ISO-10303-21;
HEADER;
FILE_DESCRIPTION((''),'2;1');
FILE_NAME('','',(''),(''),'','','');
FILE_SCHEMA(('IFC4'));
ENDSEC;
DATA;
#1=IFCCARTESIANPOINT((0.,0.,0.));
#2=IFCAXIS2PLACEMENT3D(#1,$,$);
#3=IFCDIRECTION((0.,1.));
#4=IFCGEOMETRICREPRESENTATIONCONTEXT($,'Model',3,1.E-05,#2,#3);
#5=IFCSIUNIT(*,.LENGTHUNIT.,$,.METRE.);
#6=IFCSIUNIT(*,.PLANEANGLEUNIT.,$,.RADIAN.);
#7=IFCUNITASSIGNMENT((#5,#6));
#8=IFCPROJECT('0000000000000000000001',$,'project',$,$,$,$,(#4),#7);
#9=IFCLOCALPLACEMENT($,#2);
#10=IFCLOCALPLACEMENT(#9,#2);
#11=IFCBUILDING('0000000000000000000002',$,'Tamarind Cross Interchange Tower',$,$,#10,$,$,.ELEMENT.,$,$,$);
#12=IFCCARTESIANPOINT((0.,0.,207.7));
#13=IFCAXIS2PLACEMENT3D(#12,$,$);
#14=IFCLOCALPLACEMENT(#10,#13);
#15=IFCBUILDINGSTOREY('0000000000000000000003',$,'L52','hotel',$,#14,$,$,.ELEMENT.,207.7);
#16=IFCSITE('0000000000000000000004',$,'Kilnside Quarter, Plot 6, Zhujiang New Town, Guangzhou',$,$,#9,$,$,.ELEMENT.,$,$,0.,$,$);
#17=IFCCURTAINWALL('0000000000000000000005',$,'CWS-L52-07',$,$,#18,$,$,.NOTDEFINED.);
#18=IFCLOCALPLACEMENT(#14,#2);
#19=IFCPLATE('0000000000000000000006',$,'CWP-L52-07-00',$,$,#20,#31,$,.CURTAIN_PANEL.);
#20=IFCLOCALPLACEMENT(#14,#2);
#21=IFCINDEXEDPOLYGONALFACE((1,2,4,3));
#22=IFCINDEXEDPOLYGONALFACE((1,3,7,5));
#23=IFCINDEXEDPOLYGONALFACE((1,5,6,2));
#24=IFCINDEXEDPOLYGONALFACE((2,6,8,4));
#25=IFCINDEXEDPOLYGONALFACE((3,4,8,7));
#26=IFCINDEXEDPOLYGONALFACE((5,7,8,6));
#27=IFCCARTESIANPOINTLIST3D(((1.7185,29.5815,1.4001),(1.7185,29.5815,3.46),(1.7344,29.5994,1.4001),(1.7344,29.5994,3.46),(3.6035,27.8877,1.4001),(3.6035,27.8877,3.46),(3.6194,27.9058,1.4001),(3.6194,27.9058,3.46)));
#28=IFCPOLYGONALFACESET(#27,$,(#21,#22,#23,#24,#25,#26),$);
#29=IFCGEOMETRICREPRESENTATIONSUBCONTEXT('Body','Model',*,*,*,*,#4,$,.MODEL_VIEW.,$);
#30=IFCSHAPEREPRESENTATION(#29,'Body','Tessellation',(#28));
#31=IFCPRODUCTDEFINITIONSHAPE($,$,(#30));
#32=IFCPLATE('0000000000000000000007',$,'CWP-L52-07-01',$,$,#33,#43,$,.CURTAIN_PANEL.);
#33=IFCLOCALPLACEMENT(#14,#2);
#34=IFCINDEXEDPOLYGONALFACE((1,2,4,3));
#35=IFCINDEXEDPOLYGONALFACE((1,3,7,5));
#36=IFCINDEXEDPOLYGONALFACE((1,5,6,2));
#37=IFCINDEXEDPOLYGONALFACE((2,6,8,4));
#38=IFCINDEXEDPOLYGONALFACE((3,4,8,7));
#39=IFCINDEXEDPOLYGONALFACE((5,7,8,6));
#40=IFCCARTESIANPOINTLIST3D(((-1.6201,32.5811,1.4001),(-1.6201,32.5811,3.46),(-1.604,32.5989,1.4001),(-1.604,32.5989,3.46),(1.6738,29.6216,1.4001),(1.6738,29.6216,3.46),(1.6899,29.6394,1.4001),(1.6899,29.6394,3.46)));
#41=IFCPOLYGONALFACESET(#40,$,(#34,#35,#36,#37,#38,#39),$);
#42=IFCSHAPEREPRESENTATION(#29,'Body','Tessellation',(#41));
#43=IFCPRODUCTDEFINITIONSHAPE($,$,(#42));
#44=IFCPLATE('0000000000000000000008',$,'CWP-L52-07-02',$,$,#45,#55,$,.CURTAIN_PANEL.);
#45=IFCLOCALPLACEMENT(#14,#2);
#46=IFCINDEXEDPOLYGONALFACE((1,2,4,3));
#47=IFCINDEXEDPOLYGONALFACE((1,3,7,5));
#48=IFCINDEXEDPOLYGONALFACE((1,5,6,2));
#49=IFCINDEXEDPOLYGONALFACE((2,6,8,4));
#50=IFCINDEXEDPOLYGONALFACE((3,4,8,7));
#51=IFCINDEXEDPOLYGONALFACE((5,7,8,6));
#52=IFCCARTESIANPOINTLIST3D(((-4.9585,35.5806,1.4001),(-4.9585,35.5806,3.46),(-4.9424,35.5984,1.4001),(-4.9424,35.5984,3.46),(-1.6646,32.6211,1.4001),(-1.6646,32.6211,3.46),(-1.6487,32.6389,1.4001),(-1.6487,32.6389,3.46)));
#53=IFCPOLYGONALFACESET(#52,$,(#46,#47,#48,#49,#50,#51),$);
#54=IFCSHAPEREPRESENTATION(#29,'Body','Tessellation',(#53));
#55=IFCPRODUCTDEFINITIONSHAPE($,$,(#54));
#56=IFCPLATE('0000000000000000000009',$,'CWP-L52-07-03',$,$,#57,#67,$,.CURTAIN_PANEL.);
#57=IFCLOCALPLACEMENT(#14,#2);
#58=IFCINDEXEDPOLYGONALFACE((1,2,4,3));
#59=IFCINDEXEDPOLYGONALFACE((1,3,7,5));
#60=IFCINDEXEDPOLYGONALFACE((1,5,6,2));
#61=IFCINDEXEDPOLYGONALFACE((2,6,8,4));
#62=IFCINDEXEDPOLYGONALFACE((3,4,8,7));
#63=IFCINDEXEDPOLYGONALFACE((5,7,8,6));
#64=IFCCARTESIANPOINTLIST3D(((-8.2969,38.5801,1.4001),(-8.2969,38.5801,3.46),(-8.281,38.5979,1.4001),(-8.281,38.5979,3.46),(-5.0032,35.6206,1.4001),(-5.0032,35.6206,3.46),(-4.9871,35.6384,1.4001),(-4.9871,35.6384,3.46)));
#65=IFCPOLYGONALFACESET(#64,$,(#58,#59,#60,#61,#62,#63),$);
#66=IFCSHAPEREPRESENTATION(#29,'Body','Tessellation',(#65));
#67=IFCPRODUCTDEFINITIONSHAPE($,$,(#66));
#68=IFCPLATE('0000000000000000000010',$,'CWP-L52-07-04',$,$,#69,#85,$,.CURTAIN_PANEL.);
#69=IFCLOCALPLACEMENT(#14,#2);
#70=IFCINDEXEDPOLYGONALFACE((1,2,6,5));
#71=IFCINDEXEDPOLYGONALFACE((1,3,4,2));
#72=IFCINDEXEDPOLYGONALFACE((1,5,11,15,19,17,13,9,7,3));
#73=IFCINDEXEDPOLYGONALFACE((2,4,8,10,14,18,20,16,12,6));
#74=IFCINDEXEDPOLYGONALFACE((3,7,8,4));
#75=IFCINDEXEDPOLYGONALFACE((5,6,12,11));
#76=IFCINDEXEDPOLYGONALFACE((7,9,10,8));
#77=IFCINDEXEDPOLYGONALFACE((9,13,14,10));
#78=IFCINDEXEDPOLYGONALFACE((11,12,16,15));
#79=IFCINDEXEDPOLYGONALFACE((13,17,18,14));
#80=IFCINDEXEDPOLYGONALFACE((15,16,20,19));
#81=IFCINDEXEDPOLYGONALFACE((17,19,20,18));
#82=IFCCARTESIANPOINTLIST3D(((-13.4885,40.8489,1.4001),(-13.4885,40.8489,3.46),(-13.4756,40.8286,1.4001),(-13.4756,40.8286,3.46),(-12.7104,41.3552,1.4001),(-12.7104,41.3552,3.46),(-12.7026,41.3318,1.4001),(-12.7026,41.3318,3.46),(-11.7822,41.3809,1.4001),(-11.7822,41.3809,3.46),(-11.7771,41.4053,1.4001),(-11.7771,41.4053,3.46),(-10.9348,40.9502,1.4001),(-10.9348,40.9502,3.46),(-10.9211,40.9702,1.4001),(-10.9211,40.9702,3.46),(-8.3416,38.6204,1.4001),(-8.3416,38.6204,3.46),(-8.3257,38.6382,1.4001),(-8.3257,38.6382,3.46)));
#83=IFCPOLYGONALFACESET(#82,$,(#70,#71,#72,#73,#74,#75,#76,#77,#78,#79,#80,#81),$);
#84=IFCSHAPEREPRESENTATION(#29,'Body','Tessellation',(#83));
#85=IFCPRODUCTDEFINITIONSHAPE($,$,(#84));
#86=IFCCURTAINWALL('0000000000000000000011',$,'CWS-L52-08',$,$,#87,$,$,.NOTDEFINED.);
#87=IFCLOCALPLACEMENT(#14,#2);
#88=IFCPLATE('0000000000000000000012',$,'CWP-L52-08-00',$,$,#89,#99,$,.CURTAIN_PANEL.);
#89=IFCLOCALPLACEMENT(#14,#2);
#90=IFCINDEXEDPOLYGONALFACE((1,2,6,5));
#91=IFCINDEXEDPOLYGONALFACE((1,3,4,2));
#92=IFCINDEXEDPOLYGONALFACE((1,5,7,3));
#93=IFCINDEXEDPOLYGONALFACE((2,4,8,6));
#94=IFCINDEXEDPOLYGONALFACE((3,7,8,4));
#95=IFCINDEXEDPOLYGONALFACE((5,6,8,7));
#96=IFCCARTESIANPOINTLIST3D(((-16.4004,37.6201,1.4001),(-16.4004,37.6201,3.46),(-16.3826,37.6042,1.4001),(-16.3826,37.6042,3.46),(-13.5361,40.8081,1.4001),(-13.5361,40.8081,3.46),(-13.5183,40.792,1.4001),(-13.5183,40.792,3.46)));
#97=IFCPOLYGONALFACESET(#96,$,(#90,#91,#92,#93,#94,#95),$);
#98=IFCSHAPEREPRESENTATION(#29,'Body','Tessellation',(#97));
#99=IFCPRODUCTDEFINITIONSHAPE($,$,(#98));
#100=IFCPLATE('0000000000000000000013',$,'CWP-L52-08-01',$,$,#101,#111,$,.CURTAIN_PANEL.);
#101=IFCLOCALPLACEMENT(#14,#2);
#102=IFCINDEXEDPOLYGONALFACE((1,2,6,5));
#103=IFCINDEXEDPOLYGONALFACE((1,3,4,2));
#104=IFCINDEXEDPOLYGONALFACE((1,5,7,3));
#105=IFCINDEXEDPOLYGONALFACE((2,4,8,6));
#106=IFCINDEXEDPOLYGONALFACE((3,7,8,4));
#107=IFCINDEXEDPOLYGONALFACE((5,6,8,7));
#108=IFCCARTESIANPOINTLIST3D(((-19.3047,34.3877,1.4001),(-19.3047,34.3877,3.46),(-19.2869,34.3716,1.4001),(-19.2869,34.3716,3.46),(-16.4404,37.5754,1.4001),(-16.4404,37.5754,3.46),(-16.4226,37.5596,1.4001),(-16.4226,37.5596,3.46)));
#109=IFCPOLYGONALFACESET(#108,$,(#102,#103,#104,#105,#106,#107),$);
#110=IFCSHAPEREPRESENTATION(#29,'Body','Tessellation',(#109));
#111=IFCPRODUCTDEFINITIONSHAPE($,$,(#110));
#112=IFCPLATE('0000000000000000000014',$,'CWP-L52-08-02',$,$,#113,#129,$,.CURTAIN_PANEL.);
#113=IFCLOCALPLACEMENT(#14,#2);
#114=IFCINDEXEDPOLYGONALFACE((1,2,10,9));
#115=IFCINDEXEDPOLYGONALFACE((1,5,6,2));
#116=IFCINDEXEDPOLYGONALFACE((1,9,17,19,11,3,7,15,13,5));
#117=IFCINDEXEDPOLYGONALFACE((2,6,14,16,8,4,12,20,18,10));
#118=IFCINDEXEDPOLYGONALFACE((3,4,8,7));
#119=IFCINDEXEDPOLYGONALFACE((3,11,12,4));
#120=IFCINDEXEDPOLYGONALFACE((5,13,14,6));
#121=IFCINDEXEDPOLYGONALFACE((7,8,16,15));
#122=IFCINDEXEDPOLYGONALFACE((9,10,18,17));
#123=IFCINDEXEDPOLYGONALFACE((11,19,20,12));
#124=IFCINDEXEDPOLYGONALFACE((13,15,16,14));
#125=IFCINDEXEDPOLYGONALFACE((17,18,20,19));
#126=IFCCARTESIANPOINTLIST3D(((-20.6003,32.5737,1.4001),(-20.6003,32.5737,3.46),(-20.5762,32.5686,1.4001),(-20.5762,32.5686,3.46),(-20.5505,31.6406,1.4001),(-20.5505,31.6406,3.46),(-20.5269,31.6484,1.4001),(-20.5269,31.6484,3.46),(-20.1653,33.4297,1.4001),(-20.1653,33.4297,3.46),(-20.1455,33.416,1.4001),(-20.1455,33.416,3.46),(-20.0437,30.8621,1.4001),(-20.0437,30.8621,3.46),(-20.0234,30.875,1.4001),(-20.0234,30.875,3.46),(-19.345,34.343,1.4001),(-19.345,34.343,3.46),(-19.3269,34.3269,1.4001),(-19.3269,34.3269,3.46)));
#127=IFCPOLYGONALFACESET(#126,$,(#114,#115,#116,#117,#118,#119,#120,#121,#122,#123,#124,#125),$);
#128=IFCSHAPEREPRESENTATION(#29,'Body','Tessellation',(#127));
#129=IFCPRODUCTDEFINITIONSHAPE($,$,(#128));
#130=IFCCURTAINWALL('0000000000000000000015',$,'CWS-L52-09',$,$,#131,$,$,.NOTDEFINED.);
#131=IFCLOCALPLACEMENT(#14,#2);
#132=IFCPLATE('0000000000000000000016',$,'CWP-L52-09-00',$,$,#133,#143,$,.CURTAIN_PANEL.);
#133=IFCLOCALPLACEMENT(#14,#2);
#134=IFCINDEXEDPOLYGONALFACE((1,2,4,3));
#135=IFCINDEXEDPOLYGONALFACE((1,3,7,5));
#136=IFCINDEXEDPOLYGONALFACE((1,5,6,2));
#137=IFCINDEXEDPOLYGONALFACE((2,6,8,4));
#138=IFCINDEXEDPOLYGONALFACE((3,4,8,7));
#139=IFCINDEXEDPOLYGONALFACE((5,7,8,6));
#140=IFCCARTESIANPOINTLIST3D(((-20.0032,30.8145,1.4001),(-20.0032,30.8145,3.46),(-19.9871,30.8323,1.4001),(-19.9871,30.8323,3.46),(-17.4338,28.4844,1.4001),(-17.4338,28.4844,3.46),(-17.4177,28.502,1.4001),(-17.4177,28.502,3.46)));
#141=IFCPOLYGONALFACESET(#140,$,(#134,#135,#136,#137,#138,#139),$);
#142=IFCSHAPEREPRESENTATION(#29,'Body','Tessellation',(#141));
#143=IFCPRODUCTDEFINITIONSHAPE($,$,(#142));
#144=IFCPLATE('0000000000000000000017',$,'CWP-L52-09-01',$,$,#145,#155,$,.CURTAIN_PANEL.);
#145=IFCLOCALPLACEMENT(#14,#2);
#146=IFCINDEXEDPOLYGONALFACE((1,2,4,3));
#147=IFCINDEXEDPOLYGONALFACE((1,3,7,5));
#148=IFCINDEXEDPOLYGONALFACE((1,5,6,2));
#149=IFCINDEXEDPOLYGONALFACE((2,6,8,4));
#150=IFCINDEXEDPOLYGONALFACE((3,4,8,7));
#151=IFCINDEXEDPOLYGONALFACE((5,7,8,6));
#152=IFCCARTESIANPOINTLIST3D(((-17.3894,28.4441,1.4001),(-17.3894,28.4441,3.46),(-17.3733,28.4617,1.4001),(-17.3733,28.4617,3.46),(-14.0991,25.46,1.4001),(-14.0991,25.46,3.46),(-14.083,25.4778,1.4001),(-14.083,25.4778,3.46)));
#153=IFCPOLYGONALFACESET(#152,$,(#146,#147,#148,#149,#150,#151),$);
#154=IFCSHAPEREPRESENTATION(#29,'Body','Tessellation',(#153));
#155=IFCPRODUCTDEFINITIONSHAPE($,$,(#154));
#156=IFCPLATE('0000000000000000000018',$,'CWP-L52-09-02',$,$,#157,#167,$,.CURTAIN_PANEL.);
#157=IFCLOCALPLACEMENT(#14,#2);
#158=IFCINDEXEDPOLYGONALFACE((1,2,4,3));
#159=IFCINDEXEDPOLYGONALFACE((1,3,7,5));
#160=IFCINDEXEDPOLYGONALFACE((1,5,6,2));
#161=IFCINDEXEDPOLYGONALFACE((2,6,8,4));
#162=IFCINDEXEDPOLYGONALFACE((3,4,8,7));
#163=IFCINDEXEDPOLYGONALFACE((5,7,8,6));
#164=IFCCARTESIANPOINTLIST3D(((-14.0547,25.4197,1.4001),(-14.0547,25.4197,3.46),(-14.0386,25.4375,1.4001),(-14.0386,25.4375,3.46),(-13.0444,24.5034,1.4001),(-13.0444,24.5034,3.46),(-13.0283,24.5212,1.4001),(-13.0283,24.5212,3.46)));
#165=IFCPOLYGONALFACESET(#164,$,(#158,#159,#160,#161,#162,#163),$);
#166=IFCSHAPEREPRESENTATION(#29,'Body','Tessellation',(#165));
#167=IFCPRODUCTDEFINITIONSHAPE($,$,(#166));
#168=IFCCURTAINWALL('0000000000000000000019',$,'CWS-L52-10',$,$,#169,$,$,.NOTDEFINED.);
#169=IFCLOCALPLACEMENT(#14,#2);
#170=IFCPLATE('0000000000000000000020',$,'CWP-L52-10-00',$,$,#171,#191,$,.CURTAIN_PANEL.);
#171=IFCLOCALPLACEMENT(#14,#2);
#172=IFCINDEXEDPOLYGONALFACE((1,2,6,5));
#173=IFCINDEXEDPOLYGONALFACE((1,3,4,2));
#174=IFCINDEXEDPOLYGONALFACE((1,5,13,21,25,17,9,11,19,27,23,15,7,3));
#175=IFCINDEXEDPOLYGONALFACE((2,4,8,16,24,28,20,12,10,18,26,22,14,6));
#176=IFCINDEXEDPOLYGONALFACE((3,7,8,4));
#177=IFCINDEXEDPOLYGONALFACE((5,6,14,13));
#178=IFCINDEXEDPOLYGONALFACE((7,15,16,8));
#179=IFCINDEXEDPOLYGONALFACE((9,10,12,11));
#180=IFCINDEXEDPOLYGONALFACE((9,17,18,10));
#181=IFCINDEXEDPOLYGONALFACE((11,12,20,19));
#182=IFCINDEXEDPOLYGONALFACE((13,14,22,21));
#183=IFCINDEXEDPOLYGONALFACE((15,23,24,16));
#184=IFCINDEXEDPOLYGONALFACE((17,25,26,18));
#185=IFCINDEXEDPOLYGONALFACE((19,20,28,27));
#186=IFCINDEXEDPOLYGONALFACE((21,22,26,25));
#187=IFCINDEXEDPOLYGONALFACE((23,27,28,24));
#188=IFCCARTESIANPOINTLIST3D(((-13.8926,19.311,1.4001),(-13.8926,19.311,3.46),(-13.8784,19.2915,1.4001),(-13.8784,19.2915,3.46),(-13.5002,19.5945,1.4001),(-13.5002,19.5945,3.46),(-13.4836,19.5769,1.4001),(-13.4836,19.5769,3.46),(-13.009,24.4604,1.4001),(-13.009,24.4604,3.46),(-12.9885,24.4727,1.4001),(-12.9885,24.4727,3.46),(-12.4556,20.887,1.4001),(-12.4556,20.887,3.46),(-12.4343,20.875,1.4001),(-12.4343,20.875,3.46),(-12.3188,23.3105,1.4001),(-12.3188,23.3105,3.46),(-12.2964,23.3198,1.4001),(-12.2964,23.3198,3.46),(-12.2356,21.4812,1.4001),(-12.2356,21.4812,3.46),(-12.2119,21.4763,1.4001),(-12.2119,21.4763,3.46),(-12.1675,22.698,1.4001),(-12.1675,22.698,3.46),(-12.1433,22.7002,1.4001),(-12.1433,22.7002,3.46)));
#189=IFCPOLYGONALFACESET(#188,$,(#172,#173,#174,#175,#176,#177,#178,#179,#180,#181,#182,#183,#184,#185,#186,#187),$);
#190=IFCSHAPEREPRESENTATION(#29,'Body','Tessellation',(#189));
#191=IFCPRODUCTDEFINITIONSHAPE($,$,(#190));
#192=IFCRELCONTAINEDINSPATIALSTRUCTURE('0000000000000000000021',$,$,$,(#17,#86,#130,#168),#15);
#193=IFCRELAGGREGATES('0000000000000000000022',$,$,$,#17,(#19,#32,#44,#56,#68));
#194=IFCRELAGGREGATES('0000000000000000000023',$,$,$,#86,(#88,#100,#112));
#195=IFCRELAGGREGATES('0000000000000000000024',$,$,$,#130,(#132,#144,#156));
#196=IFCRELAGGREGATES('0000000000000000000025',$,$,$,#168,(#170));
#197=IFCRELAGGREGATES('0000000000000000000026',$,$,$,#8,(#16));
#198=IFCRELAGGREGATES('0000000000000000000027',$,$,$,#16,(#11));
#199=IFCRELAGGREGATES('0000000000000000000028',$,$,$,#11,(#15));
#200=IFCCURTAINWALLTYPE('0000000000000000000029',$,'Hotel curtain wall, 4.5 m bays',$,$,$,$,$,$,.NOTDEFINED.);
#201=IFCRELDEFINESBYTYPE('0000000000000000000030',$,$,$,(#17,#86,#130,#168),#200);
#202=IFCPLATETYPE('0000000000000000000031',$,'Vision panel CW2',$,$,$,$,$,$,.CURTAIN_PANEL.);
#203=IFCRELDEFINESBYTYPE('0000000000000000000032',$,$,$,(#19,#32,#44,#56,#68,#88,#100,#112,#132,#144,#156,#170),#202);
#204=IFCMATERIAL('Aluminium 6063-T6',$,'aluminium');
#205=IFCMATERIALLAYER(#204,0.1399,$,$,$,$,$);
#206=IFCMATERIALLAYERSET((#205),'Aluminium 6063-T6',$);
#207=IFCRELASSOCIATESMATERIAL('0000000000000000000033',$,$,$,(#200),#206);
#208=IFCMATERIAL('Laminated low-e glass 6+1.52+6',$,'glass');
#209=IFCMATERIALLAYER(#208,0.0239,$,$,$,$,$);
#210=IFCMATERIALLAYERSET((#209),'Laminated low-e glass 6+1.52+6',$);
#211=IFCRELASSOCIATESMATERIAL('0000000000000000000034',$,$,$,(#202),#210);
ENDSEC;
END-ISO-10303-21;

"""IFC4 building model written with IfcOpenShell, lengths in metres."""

from ifc_helpers import new_model, si_unit, direction, frame, origin, place, context, subcontext, project, spatial, polyline, outline, extrude, material, layer, layer_set, type_object, element, aggregate, save


model = new_model("IFC4")

# Units and contexts
model_context = context("Model", 3, precision=1e-05, world=origin(), true_north=direction((0.0, 1.0)))
body_context = subcontext(model_context, "Body", "Model", "MODEL_VIEW")
ifc_project = project(units=[si_unit("LENGTHUNIT", "METRE"), si_unit("PLANEANGLEUNIT", "RADIAN")], contexts=[model_context])

# Site, building, storey
site_placement = place(None, origin())
site = spatial("IfcSite", under=ifc_project, at=site_placement, Name="Kilnside Quarter, Plot 6, Zhujiang New Town, Guangzhou", CompositionType="ELEMENT", RefElevation=0.0)
building_placement = place(site_placement, origin())
building = spatial("IfcBuilding", under=site, at=building_placement, Name="Tamarind Cross Interchange Tower", CompositionType="ELEMENT")
storey_placement = place(building_placement, frame((0.0, 0.0, 207.7)))
storey = spatial("IfcBuildingStorey", under=building, at=storey_placement, Name="L52", Description="hotel", CompositionType="ELEMENT", Elevation=207.7)

# Curtain walls, plates
ifc_material_1 = material(Name="Aluminium 6063-T6", Category="aluminium")
ifc_layer_1 = layer(ifc_material_1, 0.1399)
ifc_layer_set_1 = layer_set([ifc_layer_1], Name="Aluminium 6063-T6")
curtain_wall_type = type_object("IfcCurtainWallType", Name="Hotel curtain wall, 4.5 m bays", PredefinedType="NOTDEFINED", material=ifc_layer_set_1)
ifc_material_2 = material(Name="Laminated low-e glass 6+1.52+6", Category="glass")
ifc_layer_2 = layer(ifc_material_2, 0.0239)
ifc_layer_set_2 = layer_set([ifc_layer_2], Name="Laminated low-e glass 6+1.52+6")
plate_type = type_object("IfcPlateType", Name="Vision panel CW2", PredefinedType="CURTAIN_PANEL", material=ifc_layer_set_2)
curtain_wall_1_placement = place(storey_placement, origin())
curtain_wall_1 = element("IfcCurtainWall", 1, at=curtain_wall_1_placement, inside=storey, type_object=curtain_wall_type, Name="CWS-L52-07", PredefinedType="NOTDEFINED")
plate_1_placement = place(storey_placement, frame((0.0, 0.0, 1.4001)))
plate_1 = element("IfcPlate", 2, at=plate_1_placement, type_object=plate_type, Name="CWP-L52-07-00", PredefinedType="CURTAIN_PANEL", context=body_context, shape_type="SweptSolid", body=[
    extrude(outline(polyline([(3.6035, 27.8877), (1.7185, 29.5815), (1.7344, 29.5994), (3.6194, 27.9058), (3.6035, 27.8877)])), origin(), (0.0, 0.0, 1.0), 2.0598),
])
plate_2_placement = place(storey_placement, frame((0.0, 0.0, 1.4001)))
plate_2 = element("IfcPlate", 3, at=plate_2_placement, type_object=plate_type, Name="CWP-L52-07-01", PredefinedType="CURTAIN_PANEL", context=body_context, shape_type="SweptSolid", body=[
    extrude(outline(polyline([(1.6738, 29.6216), (-1.6201, 32.5811), (-1.604, 32.5989), (1.6899, 29.6394), (1.6738, 29.6216)])), origin(), (0.0, 0.0, 1.0), 2.0598),
])
plate_3_placement = place(storey_placement, frame((0.0, 0.0, 1.4001)))
plate_3 = element("IfcPlate", 4, at=plate_3_placement, type_object=plate_type, Name="CWP-L52-07-02", PredefinedType="CURTAIN_PANEL", context=body_context, shape_type="SweptSolid", body=[
    extrude(outline(polyline([(-1.6646, 32.6211), (-4.9585, 35.5806), (-4.9424, 35.5984), (-1.6487, 32.6389), (-1.6646, 32.6211)])), origin(), (0.0, 0.0, 1.0), 2.0598),
])
plate_4_placement = place(storey_placement, frame((0.0, 0.0, 1.4001)))
plate_4 = element("IfcPlate", 5, at=plate_4_placement, type_object=plate_type, Name="CWP-L52-07-03", PredefinedType="CURTAIN_PANEL", context=body_context, shape_type="SweptSolid", body=[
    extrude(outline(polyline([(-5.0032, 35.6206), (-8.2969, 38.5801), (-8.281, 38.5979), (-4.9871, 35.6384), (-5.0032, 35.6206)])), origin(), (0.0, 0.0, 1.0), 2.0598),
])
plate_5_placement = place(storey_placement, frame((0.0, 0.0, 1.4001)))
plate_5 = element("IfcPlate", 6, at=plate_5_placement, type_object=plate_type, Name="CWP-L52-07-04", PredefinedType="CURTAIN_PANEL", context=body_context, shape_type="SweptSolid", body=[
    extrude(outline(polyline([(-8.3416, 38.6204), (-10.9348, 40.9502), (-11.7822, 41.3809), (-12.7026, 41.3318), (-13.4756, 40.8286), (-13.4885, 40.8489), (-12.7104, 41.3552), (-11.7771, 41.4053), (-10.9211, 40.9702), (-8.3257, 38.6382), (-8.3416, 38.6204)])), origin(), (0.0, 0.0, 1.0), 2.0598),
])
aggregate(curtain_wall_1, [plate_1, plate_2, plate_3, plate_4, plate_5])
curtain_wall_2_placement = place(storey_placement, origin())
curtain_wall_2 = element("IfcCurtainWall", 7, at=curtain_wall_2_placement, inside=storey, type_object=curtain_wall_type, Name="CWS-L52-08", PredefinedType="NOTDEFINED")
plate_6_placement = place(storey_placement, frame((0.0, 0.0, 1.4001)))
plate_6 = element("IfcPlate", 8, at=plate_6_placement, type_object=plate_type, Name="CWP-L52-08-00", PredefinedType="CURTAIN_PANEL", context=body_context, shape_type="SweptSolid", body=[
    extrude(outline(polyline([(-13.5183, 40.792), (-16.3826, 37.6042), (-16.4004, 37.6201), (-13.5361, 40.8081), (-13.5183, 40.792)])), origin(), (0.0, 0.0, 1.0), 2.0598),
])
plate_7_placement = place(storey_placement, frame((0.0, 0.0, 1.4001)))
plate_7 = element("IfcPlate", 9, at=plate_7_placement, type_object=plate_type, Name="CWP-L52-08-01", PredefinedType="CURTAIN_PANEL", context=body_context, shape_type="SweptSolid", body=[
    extrude(outline(polyline([(-16.4226, 37.5596), (-19.2869, 34.3716), (-19.3047, 34.3877), (-16.4404, 37.5754), (-16.4226, 37.5596)])), origin(), (0.0, 0.0, 1.0), 2.0598),
])
plate_8_placement = place(storey_placement, frame((0.0, 0.0, 1.4001)))
plate_8 = element("IfcPlate", 10, at=plate_8_placement, type_object=plate_type, Name="CWP-L52-08-02", PredefinedType="CURTAIN_PANEL", context=body_context, shape_type="SweptSolid", body=[
    extrude(outline(polyline([(-19.3269, 34.3269), (-20.1455, 33.416), (-20.5762, 32.5686), (-20.5269, 31.6484), (-20.0234, 30.875), (-20.0437, 30.8621), (-20.5505, 31.6406), (-20.6003, 32.5737), (-20.1653, 33.4297), (-19.345, 34.343), (-19.3269, 34.3269)])), origin(), (0.0, 0.0, 1.0), 2.0598),
])
aggregate(curtain_wall_2, [plate_6, plate_7, plate_8])
curtain_wall_3_placement = place(storey_placement, origin())
curtain_wall_3 = element("IfcCurtainWall", 11, at=curtain_wall_3_placement, inside=storey, type_object=curtain_wall_type, Name="CWS-L52-09", PredefinedType="NOTDEFINED")
plate_9_placement = place(storey_placement, frame((0.0, 0.0, 1.4001)))
plate_9 = element("IfcPlate", 12, at=plate_9_placement, type_object=plate_type, Name="CWP-L52-09-00", PredefinedType="CURTAIN_PANEL", context=body_context, shape_type="SweptSolid", body=[
    extrude(outline(polyline([(-19.9871, 30.8323), (-17.4177, 28.502), (-17.4338, 28.4844), (-20.0032, 30.8145), (-19.9871, 30.8323)])), origin(), (0.0, 0.0, 1.0), 2.0598),
])
plate_10_placement = place(storey_placement, frame((0.0, 0.0, 1.4001)))
plate_10 = element("IfcPlate", 13, at=plate_10_placement, type_object=plate_type, Name="CWP-L52-09-01", PredefinedType="CURTAIN_PANEL", context=body_context, shape_type="SweptSolid", body=[
    extrude(outline(polyline([(-17.3733, 28.4617), (-14.083, 25.4778), (-14.0991, 25.46), (-17.3894, 28.4441), (-17.3733, 28.4617)])), origin(), (0.0, 0.0, 1.0), 2.0598),
])
plate_11_placement = place(storey_placement, frame((0.0, 0.0, 1.4001)))
plate_11 = element("IfcPlate", 14, at=plate_11_placement, type_object=plate_type, Name="CWP-L52-09-02", PredefinedType="CURTAIN_PANEL", context=body_context, shape_type="SweptSolid", body=[
    extrude(outline(polyline([(-14.0386, 25.4375), (-13.0283, 24.5212), (-13.0444, 24.5034), (-14.0547, 25.4197), (-14.0386, 25.4375)])), origin(), (0.0, 0.0, 1.0), 2.0598),
])
aggregate(curtain_wall_3, [plate_9, plate_10, plate_11])
curtain_wall_4_placement = place(storey_placement, origin())
curtain_wall_4 = element("IfcCurtainWall", 15, at=curtain_wall_4_placement, inside=storey, type_object=curtain_wall_type, Name="CWS-L52-10", PredefinedType="NOTDEFINED")
plate_12_placement = place(storey_placement, frame((0.0, 0.0, 1.4001)))
plate_12 = element("IfcPlate", 16, at=plate_12_placement, type_object=plate_type, Name="CWP-L52-10-00", PredefinedType="CURTAIN_PANEL", context=body_context, shape_type="SweptSolid", body=[
    extrude(outline(polyline([(-12.9885, 24.4727), (-12.2964, 23.3198), (-12.1433, 22.7002), (-12.2119, 21.4763), (-12.4343, 20.875), (-13.4836, 19.5769), (-13.8784, 19.2915), (-13.8926, 19.311), (-13.5002, 19.5945), (-12.4556, 20.887), (-12.2356, 21.4812), (-12.1675, 22.698), (-12.3188, 23.3105), (-13.009, 24.4604), (-12.9885, 24.4727)])), origin(), (0.0, 0.0, 1.0), 2.0598),
])
aggregate(curtain_wall_4, [plate_12])

save(model, "model.ifc")
